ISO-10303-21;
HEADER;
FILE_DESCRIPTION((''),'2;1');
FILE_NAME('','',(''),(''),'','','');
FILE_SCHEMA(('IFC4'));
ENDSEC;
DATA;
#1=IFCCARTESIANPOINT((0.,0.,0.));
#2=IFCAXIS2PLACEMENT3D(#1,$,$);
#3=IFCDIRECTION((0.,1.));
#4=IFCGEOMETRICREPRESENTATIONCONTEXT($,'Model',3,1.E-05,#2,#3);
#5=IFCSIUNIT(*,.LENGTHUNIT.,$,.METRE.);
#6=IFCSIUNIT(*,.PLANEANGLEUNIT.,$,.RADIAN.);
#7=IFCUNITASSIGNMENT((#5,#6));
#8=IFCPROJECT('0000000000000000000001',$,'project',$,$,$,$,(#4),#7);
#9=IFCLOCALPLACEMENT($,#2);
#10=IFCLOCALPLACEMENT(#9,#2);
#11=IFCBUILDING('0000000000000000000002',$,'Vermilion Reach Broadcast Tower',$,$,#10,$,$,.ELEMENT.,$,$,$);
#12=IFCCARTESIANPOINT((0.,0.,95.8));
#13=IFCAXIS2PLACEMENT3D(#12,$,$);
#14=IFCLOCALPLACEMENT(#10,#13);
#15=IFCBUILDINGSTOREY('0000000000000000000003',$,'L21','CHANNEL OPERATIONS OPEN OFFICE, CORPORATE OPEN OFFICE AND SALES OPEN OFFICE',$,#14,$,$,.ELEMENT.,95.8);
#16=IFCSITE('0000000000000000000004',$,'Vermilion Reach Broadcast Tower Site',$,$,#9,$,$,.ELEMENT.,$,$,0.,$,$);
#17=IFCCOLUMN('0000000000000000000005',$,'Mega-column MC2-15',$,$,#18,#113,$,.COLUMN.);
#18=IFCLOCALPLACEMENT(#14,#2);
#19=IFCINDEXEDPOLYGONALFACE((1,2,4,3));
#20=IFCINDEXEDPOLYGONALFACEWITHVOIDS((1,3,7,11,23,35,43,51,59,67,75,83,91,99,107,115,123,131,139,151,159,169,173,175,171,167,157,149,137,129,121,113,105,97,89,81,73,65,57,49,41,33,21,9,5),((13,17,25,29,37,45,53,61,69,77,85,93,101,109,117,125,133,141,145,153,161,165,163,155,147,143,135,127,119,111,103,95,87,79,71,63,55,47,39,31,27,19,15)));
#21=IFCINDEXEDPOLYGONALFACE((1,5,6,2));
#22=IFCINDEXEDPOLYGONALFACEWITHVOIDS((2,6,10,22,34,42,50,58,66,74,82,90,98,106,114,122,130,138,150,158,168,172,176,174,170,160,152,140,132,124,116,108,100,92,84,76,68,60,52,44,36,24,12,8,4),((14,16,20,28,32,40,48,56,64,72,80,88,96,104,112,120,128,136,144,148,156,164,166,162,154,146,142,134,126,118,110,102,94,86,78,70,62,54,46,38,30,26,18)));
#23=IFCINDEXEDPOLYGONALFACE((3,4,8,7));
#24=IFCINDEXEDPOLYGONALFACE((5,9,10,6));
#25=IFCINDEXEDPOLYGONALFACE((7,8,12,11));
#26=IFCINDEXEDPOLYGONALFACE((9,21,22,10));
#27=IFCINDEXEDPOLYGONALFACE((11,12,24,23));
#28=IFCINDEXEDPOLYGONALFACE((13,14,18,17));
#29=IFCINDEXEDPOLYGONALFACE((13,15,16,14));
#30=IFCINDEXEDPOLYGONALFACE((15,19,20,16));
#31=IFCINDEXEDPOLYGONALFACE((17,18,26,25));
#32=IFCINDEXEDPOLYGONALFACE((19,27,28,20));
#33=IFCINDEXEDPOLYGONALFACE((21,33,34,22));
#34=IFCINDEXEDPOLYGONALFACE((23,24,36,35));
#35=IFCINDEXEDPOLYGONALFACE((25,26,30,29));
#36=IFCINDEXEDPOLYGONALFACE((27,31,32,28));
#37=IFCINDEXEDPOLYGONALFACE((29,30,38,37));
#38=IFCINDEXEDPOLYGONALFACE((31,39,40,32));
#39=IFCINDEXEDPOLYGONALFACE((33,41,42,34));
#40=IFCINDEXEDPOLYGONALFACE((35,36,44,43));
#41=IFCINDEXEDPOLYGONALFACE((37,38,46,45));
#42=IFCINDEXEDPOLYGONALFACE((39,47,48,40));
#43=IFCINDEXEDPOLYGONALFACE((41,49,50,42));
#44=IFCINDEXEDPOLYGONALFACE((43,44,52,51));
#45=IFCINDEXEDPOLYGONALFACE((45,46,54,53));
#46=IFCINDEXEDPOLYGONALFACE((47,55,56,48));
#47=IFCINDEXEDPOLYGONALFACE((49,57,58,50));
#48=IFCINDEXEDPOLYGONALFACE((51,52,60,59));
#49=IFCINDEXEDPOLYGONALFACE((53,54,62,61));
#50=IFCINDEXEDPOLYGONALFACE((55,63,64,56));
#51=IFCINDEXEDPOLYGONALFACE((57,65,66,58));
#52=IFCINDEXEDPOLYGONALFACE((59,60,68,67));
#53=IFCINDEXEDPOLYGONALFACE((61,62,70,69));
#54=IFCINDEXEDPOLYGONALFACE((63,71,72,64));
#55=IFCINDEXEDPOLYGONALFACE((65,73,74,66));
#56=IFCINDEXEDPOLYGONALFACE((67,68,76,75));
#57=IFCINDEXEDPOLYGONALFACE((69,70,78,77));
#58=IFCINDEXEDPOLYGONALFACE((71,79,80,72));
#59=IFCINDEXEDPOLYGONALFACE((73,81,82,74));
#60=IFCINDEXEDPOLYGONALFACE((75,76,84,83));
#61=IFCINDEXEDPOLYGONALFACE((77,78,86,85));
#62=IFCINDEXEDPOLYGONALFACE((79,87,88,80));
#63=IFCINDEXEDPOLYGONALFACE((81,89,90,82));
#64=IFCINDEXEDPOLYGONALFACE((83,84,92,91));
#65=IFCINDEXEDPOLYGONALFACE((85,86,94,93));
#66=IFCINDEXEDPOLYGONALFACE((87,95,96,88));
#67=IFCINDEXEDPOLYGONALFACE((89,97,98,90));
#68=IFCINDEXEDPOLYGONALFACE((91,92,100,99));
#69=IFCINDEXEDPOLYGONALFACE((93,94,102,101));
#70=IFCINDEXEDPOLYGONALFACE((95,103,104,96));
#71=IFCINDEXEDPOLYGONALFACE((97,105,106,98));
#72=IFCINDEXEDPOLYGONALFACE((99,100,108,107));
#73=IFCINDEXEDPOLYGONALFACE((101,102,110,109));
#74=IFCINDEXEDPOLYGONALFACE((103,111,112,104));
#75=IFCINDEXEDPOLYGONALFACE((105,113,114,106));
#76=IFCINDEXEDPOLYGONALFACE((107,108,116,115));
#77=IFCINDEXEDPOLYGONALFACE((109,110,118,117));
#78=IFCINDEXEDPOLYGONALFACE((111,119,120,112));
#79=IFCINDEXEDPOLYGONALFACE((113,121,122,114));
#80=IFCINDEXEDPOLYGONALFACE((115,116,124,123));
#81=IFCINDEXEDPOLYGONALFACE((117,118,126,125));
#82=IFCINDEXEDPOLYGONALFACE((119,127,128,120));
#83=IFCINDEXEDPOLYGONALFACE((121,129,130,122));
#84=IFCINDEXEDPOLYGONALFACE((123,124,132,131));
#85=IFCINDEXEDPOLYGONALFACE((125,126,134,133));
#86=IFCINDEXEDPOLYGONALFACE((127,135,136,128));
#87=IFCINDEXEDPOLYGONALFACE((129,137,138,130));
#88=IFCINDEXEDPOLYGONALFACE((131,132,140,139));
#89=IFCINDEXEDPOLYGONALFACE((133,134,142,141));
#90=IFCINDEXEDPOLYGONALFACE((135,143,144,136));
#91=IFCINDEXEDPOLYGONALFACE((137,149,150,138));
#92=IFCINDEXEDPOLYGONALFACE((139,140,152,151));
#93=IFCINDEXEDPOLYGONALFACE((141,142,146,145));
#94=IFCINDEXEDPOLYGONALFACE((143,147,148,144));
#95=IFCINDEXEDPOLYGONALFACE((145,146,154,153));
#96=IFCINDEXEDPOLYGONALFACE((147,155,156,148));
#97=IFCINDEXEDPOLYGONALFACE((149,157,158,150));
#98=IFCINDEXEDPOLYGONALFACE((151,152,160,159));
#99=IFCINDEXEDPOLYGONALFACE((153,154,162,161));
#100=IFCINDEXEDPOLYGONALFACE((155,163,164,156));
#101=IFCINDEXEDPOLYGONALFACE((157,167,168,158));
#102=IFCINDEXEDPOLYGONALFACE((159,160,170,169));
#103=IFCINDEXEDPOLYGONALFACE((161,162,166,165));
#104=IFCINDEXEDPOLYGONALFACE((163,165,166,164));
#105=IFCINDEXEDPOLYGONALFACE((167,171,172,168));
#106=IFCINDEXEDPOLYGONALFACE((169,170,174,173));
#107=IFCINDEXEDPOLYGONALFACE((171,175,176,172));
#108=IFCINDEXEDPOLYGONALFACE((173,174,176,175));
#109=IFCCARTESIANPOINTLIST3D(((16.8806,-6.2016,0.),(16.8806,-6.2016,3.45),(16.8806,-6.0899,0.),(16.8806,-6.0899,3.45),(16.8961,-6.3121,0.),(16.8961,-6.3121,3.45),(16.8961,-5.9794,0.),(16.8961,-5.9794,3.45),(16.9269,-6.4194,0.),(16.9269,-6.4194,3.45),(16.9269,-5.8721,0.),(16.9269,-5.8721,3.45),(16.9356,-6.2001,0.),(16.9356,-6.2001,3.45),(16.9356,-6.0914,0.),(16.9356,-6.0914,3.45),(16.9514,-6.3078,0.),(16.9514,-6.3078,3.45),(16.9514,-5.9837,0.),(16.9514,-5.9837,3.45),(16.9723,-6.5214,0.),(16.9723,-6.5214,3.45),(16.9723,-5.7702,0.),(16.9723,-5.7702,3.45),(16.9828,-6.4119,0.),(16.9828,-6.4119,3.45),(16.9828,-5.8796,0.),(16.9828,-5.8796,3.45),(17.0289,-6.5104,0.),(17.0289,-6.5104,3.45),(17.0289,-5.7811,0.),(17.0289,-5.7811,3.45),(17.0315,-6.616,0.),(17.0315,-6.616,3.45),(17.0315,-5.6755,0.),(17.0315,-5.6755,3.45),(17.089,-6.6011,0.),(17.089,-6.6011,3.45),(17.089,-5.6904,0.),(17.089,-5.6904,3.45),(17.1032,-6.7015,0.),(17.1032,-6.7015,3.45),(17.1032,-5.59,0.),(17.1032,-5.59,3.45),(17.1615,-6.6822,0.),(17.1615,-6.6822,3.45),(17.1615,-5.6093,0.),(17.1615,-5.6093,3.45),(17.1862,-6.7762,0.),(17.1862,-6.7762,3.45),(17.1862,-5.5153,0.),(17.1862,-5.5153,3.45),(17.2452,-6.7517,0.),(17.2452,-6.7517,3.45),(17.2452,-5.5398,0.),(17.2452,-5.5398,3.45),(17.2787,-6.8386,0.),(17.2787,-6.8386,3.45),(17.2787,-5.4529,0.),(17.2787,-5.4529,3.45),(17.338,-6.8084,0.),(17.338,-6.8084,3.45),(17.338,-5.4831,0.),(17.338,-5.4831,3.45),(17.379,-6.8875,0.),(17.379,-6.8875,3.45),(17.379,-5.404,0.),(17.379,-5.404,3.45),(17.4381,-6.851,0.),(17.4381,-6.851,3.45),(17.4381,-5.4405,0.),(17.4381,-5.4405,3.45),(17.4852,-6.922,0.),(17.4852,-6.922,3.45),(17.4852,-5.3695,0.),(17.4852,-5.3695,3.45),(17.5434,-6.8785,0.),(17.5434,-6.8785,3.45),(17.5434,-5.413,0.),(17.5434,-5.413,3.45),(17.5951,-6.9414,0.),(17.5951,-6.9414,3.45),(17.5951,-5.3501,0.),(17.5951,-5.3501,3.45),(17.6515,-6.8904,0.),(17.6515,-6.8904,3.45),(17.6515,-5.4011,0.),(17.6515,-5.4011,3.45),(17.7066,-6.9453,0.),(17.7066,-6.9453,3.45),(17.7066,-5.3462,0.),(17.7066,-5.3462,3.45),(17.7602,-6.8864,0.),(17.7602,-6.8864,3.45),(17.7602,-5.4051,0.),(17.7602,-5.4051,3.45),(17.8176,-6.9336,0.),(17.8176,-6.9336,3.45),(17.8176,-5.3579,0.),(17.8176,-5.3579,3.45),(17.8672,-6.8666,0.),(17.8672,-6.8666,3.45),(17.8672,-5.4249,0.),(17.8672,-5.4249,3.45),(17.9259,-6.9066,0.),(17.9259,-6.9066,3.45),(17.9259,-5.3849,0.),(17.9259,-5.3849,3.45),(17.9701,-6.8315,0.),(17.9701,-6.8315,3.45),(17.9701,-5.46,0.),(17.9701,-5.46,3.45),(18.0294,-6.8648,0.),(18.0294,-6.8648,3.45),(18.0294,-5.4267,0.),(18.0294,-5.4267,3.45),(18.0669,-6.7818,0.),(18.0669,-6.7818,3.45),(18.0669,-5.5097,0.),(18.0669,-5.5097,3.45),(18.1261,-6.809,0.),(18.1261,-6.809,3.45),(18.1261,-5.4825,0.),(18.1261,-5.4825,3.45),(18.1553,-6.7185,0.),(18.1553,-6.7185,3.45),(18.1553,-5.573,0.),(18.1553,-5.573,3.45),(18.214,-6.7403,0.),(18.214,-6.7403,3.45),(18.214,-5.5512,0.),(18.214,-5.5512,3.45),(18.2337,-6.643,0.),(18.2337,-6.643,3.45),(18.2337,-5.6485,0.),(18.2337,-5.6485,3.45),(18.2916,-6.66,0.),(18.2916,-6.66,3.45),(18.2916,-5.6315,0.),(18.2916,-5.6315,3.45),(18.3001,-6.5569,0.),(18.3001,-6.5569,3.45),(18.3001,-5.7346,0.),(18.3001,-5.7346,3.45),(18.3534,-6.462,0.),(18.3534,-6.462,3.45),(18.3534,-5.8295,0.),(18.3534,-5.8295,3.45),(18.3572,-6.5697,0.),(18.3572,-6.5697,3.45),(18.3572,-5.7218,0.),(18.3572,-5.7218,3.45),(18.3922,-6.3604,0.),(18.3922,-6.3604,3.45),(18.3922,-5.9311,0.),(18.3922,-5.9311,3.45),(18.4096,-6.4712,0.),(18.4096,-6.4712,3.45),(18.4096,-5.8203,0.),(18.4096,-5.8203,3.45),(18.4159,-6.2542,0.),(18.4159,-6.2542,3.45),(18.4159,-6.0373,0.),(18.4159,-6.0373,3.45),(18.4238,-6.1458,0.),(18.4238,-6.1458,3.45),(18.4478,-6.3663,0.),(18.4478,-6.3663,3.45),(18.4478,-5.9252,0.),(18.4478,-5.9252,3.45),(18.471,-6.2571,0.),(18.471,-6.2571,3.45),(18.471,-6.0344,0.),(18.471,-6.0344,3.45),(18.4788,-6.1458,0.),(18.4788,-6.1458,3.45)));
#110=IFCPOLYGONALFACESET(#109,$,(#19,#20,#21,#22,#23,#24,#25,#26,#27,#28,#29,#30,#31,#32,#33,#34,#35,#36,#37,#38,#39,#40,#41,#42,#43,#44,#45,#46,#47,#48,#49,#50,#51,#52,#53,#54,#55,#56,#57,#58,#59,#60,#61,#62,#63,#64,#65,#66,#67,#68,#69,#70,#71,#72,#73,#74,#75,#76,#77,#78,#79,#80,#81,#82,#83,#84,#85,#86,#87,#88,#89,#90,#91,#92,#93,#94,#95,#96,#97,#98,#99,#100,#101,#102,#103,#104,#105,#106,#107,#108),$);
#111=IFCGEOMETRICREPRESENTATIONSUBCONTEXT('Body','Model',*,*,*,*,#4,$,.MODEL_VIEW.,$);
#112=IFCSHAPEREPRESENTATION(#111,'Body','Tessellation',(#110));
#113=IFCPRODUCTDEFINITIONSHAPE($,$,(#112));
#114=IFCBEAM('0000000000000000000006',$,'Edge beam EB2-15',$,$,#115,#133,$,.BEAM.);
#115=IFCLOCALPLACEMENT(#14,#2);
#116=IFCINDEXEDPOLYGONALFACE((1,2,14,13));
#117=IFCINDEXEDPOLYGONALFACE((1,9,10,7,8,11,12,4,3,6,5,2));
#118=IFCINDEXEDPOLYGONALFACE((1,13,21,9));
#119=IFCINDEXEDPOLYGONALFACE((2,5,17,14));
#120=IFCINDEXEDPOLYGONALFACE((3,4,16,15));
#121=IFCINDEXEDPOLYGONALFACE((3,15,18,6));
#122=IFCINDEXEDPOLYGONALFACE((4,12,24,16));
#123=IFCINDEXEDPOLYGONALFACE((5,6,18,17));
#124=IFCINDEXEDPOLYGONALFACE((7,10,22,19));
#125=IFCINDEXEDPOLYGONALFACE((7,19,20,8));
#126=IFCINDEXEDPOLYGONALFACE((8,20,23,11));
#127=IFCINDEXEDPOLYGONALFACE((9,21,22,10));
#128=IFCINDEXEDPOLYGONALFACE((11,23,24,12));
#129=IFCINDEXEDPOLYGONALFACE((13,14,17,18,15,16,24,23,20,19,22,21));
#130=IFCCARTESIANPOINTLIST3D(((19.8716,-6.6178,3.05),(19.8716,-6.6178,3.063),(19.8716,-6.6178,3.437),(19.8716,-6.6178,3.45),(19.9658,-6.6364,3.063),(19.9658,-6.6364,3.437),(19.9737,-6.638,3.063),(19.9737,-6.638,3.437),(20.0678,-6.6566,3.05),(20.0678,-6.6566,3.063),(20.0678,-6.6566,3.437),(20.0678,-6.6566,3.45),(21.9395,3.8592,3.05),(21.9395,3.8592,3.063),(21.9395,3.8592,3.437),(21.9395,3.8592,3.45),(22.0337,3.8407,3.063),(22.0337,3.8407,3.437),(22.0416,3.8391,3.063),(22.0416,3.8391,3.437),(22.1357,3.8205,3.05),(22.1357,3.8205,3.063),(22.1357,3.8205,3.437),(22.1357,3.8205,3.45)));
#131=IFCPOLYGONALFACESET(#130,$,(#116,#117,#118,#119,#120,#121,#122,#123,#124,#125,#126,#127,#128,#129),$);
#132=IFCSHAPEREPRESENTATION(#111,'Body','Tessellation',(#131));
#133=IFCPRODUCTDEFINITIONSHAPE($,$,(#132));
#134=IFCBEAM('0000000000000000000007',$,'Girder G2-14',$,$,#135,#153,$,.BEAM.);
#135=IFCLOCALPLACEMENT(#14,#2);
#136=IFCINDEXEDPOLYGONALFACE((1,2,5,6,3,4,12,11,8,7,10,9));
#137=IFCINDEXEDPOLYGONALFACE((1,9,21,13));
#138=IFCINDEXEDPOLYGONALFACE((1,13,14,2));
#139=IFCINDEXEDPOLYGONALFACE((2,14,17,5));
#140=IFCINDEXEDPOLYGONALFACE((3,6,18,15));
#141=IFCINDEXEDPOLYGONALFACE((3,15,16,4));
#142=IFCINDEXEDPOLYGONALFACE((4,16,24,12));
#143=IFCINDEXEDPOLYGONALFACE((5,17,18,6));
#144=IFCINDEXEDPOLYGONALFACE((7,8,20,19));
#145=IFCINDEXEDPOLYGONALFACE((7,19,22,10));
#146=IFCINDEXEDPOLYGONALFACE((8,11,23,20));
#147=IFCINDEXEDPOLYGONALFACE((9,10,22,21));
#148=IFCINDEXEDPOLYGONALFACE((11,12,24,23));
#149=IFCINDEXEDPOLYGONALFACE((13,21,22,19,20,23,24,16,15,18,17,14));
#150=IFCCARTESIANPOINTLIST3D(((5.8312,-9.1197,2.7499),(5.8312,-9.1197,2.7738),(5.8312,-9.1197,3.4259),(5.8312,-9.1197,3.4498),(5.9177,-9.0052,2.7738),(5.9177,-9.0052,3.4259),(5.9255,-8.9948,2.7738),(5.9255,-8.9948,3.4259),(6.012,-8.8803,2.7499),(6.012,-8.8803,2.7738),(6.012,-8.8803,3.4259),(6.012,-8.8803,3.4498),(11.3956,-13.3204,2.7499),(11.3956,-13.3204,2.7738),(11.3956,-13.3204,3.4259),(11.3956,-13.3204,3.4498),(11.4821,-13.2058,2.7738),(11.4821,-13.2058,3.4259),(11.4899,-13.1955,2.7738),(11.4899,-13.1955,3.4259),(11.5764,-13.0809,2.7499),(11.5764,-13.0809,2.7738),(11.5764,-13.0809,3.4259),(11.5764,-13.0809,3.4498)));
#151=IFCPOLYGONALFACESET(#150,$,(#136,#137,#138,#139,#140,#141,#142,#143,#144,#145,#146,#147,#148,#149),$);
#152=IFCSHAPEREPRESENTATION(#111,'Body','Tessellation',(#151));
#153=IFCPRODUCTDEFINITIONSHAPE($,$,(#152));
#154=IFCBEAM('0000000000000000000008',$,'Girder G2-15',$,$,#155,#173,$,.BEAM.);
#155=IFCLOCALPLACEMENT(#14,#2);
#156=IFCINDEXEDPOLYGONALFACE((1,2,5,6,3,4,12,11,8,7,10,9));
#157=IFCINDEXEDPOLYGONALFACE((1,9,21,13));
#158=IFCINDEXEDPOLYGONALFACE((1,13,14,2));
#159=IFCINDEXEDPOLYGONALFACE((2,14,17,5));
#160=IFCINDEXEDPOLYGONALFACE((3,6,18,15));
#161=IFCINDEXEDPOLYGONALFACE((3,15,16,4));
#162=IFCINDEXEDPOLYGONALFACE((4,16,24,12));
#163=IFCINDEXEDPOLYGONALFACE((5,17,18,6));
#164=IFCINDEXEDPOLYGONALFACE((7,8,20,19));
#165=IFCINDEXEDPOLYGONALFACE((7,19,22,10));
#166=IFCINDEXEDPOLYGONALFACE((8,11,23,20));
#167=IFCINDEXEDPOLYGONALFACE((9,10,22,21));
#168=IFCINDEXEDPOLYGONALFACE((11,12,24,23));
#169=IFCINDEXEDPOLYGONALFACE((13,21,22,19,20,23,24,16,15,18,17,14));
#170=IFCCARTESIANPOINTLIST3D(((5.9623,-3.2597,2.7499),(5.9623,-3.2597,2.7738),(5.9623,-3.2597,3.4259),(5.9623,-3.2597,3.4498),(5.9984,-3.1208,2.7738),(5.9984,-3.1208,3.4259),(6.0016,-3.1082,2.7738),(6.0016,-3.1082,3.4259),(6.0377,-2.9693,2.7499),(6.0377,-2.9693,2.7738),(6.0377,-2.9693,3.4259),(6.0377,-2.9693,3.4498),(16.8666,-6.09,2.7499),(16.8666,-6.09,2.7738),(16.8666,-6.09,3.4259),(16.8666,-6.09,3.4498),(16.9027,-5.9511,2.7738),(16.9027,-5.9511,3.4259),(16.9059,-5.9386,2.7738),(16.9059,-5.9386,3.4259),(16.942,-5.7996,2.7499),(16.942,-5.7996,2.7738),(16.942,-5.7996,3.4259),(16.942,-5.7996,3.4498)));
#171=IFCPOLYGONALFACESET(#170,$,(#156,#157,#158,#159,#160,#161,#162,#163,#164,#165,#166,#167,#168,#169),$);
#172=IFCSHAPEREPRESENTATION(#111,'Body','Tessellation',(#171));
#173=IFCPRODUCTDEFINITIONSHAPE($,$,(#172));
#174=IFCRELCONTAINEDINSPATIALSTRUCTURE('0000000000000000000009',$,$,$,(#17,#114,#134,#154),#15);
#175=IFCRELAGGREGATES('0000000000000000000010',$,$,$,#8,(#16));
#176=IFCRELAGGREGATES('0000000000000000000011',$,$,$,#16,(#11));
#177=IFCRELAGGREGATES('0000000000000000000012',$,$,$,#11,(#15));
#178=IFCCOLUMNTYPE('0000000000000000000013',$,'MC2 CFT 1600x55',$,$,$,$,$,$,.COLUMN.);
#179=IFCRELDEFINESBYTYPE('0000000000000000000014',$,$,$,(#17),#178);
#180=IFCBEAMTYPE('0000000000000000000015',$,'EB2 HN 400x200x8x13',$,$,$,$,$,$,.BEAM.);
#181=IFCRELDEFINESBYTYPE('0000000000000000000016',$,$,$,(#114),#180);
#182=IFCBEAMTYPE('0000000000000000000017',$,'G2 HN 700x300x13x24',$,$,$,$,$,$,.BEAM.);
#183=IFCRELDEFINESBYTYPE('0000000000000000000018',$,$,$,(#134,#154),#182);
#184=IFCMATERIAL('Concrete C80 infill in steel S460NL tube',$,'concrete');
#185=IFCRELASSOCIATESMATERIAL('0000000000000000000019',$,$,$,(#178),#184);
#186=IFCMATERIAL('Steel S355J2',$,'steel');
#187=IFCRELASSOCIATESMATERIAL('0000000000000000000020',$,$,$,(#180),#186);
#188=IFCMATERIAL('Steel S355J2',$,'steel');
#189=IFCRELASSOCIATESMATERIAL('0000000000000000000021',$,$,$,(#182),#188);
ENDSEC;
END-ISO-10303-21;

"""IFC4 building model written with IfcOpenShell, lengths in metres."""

from ifc_helpers import new_model, si_unit, direction, frame, origin, origin_2d, place, context, subcontext, project, spatial, hollow_circle, i_section, extrude, material, material_profile, profile_set, type_object, element, save


model = new_model("IFC4")

# Units and contexts
model_context = context("Model", 3, precision=1e-05, world=origin(), true_north=direction((0.0, 1.0)))
body_context = subcontext(model_context, "Body", "Model", "MODEL_VIEW")
ifc_project = project(units=[si_unit("LENGTHUNIT", "METRE"), si_unit("PLANEANGLEUNIT", "RADIAN")], contexts=[model_context])

# Site, building, storey
site_placement = place(None, origin())
site = spatial("IfcSite", under=ifc_project, at=site_placement, Name="Vermilion Reach Broadcast Tower Site", CompositionType="ELEMENT", RefElevation=0.0)
building_placement = place(site_placement, origin())
building = spatial("IfcBuilding", under=site, at=building_placement, Name="Vermilion Reach Broadcast Tower", CompositionType="ELEMENT")
storey_placement = place(building_placement, frame((0.0, 0.0, 95.8)))
storey = spatial("IfcBuildingStorey", under=building, at=storey_placement, Name="L21", Description="CHANNEL OPERATIONS OPEN OFFICE, CORPORATE OPEN OFFICE AND SALES OPEN OFFICE", CompositionType="ELEMENT", Elevation=95.8)

# Column
ifc_material_1 = material(Name="Concrete C80 infill in steel S460NL tube", Category="concrete")
ifc_material_profile_1 = material_profile(ifc_material_1, hollow_circle(Radius=0.8, WallThickness=0.0549, at=origin_2d()), Name="Concrete C80 infill in steel S460NL tube CFT 1600x55")
ifc_profile_set_1 = profile_set([ifc_material_profile_1], Name="Concrete C80 infill in steel S460NL tube")
column_type = type_object("IfcColumnType", Name="MC2 CFT 1600x55", PredefinedType="COLUMN", material=ifc_profile_set_1)
column_placement = place(storey_placement, frame((17.6787, -6.1458, 0.0), z_axis=(0.0, 0.0, 1.0), x_axis=(1.0, 0.0, 0.0)))
element("IfcColumn", 1, at=column_placement, inside=storey, type_object=column_type, Name="Mega-column MC2-15", PredefinedType="COLUMN", context=body_context, shape_type="SweptSolid", body=[
    extrude(hollow_circle(Radius=0.8, WallThickness=0.0549, at=origin_2d()), origin(), (0.0, 0.0, 1.0), 3.45),
])

# Beams
ifc_material_2 = material(Name="Steel S355J2", Category="steel")
ifc_material_profile_2 = material_profile(ifc_material_2, i_section(OverallWidth=0.2, OverallDepth=0.3999, WebThickness=0.0081, FlangeThickness=0.0129, at=origin_2d()), Name="S355J2 HN 400x200x8x13")
ifc_profile_set_2 = profile_set([ifc_material_profile_2], Name="Steel S355J2")
beam_type_1 = type_object("IfcBeamType", Name="EB2 HN 400x200x8x13", PredefinedType="BEAM", material=ifc_profile_set_2)
beam_1_placement = place(storey_placement, frame((19.9697, -6.6372, 3.25), z_axis=(0.193636, 0.981073, 0.0), x_axis=(-0.981073, 0.193636, 0.0)))
element("IfcBeam", 2, at=beam_1_placement, inside=storey, type_object=beam_type_1, Name="Edge beam EB2-15", PredefinedType="BEAM", context=body_context, shape_type="SweptSolid", body=[
    extrude(i_section(OverallWidth=0.2, OverallDepth=0.3999, WebThickness=0.0081, FlangeThickness=0.0129, at=origin_2d()), origin(), (0.0, 0.0, 1.0), 10.6792),
])
ifc_material_3 = material(Name="Steel S355J2", Category="steel")
ifc_material_profile_3 = material_profile(ifc_material_3, i_section(OverallWidth=0.3, OverallDepth=0.7, WebThickness=0.0129, FlangeThickness=0.0239, at=origin_2d()), Name="S355J2 HN 700x300x13x24")
ifc_profile_set_3 = profile_set([ifc_material_profile_3], Name="Steel S355J2")
beam_type_2 = type_object("IfcBeamType", Name="G2 HN 700x300x13x24", PredefinedType="BEAM", material=ifc_profile_set_3)
beam_2_placement = place(storey_placement, frame((5.9216, -9.0, 3.0999), z_axis=(0.798114, -0.602507, 0.0), x_axis=(0.602507, 0.798114, 0.0)))
element("IfcBeam", 3, at=beam_2_placement, inside=storey, type_object=beam_type_2, Name="Girder G2-14", PredefinedType="BEAM", context=body_context, shape_type="SweptSolid", body=[
    extrude(i_section(OverallWidth=0.3, OverallDepth=0.7, WebThickness=0.0129, FlangeThickness=0.0239, at=origin_2d()), origin(), (0.0, 0.0, 1.0), 6.9719),
])
beam_3_placement = place(storey_placement, frame((6.0, -3.1145, 3.0999), z_axis=(0.967926, -0.251235, 0.0), x_axis=(0.251235, 0.967926, 0.0)))
element("IfcBeam", 4, at=beam_3_placement, inside=storey, type_object=beam_type_2, Name="Girder G2-15", PredefinedType="BEAM", context=body_context, shape_type="SweptSolid", body=[
    extrude(i_section(OverallWidth=0.3, OverallDepth=0.7, WebThickness=0.0129, FlangeThickness=0.0239, at=origin_2d()), origin(), (0.0, 0.0, 1.0), 11.2656),
])

save(model, "model.ifc")
